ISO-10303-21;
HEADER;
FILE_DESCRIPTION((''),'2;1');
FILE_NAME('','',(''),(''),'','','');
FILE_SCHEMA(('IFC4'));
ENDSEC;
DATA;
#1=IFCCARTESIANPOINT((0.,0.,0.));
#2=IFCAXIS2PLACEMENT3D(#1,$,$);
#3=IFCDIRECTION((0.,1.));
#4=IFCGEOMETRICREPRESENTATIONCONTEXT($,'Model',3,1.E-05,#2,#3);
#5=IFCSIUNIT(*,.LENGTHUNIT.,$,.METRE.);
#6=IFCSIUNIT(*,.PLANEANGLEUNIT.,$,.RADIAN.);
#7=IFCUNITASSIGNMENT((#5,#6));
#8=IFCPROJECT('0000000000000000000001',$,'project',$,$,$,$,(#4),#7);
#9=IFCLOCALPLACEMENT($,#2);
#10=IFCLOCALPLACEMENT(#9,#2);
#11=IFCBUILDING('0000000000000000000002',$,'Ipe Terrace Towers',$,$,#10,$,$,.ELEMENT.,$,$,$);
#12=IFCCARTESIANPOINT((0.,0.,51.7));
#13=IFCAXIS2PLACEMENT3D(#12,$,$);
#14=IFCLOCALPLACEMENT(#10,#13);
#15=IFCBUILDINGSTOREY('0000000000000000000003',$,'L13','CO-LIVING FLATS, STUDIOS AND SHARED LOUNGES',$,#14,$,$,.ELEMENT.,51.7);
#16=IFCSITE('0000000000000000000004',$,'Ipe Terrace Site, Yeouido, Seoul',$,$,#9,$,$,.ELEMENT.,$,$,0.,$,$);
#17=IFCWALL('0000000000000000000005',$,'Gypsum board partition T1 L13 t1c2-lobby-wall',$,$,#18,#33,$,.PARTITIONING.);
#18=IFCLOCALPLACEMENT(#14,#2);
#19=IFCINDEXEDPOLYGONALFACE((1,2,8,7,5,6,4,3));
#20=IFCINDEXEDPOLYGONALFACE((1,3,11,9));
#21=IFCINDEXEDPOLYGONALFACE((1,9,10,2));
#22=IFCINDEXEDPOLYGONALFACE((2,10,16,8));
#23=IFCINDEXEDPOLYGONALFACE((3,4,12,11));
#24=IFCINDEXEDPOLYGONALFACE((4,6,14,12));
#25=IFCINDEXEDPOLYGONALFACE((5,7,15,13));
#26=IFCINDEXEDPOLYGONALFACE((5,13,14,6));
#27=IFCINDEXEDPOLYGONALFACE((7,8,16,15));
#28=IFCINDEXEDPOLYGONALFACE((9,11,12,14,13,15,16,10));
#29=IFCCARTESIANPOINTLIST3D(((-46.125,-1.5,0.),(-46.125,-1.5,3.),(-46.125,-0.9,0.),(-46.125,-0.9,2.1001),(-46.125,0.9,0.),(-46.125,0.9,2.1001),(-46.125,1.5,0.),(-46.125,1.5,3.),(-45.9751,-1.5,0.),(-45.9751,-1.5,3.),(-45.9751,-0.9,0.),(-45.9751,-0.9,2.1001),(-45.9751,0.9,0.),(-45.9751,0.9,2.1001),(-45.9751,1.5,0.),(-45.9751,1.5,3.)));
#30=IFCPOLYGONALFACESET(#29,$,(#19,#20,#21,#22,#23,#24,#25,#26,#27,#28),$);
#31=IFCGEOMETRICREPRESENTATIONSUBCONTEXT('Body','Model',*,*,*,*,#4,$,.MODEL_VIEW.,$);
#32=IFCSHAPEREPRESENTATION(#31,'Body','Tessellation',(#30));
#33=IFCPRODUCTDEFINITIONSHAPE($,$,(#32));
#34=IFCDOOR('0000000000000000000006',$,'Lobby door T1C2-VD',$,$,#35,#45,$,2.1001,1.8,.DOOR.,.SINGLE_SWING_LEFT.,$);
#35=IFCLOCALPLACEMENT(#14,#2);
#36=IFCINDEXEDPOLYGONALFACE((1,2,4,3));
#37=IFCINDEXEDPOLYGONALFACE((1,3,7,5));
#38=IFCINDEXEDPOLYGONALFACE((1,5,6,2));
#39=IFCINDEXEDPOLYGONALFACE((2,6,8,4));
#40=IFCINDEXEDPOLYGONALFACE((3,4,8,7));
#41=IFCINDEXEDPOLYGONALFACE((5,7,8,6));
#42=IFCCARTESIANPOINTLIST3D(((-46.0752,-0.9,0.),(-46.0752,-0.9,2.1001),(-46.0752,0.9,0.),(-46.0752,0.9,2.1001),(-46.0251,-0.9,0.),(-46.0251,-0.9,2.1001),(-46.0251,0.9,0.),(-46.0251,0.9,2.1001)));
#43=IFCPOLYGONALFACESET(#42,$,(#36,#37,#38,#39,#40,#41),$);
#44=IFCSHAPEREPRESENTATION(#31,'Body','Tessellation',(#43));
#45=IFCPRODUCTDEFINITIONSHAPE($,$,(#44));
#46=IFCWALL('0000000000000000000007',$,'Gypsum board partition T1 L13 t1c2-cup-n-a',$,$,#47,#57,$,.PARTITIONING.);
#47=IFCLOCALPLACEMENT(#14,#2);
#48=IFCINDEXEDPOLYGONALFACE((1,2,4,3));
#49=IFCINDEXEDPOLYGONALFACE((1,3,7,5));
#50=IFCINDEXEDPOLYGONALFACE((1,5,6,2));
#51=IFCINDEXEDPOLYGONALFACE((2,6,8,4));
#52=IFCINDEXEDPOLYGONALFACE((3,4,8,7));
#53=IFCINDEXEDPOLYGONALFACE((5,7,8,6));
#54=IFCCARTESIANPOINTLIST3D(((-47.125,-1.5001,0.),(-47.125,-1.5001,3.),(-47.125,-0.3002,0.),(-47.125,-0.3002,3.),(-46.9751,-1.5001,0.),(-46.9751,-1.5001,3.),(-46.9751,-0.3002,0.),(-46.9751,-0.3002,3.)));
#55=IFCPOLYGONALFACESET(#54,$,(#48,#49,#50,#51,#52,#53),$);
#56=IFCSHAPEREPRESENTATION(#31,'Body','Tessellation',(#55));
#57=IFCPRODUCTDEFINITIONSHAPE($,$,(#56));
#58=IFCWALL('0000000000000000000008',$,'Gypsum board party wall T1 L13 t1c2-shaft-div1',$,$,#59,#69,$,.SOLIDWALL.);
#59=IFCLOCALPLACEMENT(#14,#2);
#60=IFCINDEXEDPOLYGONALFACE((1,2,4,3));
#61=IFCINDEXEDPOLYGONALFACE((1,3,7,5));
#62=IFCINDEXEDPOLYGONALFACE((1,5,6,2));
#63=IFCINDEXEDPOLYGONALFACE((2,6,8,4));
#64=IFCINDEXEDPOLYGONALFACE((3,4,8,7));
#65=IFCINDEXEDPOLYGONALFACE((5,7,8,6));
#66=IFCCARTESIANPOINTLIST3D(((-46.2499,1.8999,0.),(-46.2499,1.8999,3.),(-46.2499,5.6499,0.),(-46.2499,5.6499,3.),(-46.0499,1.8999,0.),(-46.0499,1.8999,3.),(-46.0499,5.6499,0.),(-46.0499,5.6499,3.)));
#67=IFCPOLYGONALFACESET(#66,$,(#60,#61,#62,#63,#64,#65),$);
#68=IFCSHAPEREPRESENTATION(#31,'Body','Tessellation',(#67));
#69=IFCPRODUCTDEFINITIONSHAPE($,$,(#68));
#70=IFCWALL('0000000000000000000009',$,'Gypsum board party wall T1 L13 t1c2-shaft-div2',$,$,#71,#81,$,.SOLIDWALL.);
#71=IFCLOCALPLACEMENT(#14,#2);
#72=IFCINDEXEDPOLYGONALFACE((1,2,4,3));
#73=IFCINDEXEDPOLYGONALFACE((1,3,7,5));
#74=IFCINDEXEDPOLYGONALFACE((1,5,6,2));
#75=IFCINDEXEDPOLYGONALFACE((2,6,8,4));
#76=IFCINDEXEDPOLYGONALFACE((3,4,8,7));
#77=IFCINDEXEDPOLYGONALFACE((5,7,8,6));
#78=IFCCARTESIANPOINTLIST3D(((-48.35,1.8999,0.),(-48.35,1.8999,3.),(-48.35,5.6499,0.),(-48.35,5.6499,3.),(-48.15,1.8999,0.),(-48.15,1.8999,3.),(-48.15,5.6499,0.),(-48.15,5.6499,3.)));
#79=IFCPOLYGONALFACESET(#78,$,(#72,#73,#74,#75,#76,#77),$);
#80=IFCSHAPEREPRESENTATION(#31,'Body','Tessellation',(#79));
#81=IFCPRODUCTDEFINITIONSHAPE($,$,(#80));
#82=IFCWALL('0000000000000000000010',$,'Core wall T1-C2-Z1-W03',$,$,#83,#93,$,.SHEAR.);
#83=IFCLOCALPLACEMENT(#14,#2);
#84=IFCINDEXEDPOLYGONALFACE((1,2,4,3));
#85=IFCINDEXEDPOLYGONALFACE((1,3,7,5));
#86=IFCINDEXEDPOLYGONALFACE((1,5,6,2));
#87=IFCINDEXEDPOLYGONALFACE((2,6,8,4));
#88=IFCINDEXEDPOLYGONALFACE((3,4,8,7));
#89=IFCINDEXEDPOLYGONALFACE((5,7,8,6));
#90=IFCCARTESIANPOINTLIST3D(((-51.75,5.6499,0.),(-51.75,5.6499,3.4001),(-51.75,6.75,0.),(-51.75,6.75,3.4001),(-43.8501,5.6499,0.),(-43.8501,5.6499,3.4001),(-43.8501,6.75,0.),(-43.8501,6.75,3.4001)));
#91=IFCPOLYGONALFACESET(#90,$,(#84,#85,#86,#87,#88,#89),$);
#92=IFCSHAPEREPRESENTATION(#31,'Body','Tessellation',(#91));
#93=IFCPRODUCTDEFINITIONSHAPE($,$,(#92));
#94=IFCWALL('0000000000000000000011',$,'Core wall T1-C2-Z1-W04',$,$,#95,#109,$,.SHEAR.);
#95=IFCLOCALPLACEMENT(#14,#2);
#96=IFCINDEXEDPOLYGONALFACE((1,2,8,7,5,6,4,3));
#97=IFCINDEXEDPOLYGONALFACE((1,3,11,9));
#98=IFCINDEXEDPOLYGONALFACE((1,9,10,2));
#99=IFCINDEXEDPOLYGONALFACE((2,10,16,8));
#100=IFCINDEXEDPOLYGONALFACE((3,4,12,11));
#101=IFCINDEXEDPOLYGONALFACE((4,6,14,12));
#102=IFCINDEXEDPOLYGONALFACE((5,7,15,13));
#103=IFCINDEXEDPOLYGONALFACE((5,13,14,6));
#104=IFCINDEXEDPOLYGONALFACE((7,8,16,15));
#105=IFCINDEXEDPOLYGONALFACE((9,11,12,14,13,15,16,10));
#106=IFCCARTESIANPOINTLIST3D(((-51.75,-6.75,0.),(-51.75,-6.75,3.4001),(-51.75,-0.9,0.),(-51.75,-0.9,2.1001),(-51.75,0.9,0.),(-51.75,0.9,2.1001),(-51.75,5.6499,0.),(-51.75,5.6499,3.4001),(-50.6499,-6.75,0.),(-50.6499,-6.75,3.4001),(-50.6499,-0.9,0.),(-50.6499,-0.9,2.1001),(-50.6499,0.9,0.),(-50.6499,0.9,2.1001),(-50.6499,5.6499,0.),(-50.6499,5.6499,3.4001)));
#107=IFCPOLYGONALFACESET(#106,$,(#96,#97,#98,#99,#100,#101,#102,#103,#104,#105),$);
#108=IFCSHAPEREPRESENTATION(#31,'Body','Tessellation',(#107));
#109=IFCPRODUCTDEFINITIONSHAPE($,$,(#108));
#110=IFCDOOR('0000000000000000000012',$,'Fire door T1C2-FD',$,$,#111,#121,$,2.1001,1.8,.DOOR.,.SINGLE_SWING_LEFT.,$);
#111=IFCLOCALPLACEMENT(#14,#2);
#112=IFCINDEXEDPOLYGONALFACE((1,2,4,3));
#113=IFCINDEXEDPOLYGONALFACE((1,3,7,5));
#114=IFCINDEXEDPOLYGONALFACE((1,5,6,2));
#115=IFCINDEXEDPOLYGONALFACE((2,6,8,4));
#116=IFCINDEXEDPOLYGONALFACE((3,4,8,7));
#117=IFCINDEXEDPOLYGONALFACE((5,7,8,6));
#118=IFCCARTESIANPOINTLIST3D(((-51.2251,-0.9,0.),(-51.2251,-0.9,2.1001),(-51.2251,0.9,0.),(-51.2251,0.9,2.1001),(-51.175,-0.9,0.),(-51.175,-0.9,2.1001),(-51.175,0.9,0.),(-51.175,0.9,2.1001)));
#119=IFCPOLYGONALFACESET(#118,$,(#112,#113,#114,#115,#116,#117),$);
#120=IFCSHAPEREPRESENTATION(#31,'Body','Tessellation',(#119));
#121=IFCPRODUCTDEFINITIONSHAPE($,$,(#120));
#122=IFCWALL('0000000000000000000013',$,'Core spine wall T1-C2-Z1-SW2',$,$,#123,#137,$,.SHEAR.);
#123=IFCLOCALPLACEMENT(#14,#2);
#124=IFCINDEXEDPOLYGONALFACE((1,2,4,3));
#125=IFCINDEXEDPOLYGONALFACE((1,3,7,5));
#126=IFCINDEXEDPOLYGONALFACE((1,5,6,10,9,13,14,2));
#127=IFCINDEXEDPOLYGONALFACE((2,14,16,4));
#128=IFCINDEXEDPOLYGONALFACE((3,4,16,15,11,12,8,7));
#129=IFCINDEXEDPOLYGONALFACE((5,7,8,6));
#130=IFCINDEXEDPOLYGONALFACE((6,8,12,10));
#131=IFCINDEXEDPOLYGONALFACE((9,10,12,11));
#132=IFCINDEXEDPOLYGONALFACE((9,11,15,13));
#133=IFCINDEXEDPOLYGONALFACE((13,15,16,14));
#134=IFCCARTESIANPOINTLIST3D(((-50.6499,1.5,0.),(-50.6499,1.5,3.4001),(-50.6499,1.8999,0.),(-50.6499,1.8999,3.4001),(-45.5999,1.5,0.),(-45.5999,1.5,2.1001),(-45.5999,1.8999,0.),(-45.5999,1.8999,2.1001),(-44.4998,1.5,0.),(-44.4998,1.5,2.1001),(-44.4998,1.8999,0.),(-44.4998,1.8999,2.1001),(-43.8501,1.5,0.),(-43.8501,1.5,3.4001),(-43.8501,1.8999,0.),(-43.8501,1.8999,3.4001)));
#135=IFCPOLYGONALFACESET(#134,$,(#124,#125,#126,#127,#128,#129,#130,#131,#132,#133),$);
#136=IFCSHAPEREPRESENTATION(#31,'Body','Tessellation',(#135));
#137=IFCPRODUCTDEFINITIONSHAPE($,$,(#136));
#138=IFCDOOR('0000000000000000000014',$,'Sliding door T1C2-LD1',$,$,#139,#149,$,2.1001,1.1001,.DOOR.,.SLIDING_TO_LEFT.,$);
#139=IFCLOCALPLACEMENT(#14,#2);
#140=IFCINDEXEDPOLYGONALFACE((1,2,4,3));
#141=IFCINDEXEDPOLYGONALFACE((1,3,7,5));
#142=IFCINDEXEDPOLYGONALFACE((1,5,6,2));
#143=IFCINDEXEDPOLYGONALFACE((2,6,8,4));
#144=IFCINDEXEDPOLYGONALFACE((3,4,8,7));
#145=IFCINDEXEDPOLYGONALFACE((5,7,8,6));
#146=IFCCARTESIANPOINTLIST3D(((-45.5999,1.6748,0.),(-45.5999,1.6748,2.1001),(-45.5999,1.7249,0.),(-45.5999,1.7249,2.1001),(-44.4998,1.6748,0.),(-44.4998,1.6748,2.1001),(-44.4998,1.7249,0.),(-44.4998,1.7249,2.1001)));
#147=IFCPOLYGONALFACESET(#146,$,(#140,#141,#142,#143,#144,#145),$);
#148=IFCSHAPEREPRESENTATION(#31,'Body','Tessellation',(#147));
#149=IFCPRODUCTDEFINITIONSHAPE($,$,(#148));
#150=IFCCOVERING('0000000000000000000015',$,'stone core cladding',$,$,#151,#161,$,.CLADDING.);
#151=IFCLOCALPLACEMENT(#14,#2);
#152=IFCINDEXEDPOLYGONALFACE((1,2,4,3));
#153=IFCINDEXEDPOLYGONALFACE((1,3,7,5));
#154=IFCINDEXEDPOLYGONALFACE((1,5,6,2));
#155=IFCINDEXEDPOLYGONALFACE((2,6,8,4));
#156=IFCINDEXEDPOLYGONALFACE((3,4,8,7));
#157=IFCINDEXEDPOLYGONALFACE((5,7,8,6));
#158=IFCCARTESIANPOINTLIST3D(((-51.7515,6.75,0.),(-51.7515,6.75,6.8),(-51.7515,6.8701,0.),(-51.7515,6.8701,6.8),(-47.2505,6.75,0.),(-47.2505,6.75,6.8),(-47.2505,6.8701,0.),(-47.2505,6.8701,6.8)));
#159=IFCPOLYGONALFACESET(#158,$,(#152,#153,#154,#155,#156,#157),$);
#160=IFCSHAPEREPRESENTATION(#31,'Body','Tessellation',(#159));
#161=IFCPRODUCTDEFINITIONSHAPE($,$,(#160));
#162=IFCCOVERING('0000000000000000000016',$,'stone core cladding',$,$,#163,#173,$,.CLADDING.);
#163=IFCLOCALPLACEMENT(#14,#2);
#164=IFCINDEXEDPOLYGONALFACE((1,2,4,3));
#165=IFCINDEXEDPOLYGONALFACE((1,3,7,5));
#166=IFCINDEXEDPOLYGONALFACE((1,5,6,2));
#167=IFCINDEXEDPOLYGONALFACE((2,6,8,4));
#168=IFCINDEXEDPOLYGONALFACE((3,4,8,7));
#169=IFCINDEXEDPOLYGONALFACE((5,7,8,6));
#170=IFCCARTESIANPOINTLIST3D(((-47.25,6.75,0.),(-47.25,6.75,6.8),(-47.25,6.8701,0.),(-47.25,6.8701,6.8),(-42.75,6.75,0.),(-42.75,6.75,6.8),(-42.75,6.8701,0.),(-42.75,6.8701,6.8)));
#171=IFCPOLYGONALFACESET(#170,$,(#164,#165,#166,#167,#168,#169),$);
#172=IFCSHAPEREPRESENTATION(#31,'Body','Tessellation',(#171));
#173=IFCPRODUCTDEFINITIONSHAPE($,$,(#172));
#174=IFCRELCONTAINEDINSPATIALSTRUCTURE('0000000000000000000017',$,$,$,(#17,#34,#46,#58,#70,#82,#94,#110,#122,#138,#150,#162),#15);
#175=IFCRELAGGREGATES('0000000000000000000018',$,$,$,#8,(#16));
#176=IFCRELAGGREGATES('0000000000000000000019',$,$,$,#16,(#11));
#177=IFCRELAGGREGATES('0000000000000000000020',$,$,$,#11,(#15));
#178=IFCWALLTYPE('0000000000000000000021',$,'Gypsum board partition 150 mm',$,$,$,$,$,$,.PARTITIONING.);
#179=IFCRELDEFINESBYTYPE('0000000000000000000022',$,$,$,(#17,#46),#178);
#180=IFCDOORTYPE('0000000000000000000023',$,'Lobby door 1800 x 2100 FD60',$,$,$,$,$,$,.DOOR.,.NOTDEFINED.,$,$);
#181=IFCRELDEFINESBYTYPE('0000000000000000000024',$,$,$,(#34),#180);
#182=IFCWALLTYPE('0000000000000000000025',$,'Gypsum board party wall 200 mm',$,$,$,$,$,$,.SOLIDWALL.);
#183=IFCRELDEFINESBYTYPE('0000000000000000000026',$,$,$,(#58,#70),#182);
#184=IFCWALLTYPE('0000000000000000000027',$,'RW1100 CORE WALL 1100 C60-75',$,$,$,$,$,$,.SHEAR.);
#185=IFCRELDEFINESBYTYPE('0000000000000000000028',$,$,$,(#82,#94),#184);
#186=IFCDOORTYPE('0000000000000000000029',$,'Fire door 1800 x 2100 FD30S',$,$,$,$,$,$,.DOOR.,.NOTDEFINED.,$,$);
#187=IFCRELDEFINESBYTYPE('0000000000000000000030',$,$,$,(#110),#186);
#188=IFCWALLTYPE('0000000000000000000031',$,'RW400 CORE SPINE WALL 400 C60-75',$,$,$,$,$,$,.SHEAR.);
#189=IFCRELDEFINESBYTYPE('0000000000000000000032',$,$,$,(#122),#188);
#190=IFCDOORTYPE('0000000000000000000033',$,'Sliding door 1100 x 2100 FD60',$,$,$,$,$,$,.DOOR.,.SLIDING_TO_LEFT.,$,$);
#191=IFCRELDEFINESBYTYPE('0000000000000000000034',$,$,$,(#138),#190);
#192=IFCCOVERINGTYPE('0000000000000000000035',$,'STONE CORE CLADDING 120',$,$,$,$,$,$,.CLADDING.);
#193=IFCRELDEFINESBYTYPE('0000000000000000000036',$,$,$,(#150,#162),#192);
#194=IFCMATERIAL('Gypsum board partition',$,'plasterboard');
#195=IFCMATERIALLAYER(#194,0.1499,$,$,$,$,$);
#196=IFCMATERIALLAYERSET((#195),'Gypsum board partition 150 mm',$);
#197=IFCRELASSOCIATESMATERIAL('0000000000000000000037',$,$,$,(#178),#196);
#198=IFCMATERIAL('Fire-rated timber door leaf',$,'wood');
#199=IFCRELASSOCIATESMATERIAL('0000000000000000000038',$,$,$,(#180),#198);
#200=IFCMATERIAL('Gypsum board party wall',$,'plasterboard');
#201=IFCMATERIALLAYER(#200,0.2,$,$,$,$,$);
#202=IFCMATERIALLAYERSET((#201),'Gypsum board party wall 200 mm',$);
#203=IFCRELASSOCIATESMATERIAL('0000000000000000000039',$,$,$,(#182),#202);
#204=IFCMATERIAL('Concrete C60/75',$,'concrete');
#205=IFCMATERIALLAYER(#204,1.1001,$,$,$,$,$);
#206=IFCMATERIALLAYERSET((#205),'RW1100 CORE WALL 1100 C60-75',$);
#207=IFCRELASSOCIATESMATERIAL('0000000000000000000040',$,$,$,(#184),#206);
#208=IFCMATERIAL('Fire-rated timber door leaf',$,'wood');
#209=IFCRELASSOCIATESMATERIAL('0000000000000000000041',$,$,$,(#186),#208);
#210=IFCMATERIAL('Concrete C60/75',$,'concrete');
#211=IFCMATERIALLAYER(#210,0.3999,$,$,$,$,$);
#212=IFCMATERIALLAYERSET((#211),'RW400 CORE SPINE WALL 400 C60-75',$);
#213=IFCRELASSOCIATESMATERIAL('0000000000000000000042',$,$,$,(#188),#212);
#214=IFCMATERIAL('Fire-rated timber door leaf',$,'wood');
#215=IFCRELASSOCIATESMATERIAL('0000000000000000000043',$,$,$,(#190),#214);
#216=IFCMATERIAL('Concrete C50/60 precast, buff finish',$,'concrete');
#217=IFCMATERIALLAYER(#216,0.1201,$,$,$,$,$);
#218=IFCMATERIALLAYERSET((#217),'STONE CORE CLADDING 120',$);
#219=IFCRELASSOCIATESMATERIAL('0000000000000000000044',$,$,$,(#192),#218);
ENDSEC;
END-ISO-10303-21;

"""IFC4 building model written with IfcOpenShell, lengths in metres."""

from ifc_helpers import new_model, si_unit, direction, frame, frame_2d, origin, origin_2d, place, context, subcontext, project, spatial, rectangle, extrude, material, layer, layer_set, type_object, element, fill, save


model = new_model("IFC4")

# Units and contexts
model_context = context("Model", 3, precision=1e-05, world=origin(), true_north=direction((0.0, 1.0)))
body_context = subcontext(model_context, "Body", "Model", "MODEL_VIEW")
ifc_project = project(units=[si_unit("LENGTHUNIT", "METRE"), si_unit("PLANEANGLEUNIT", "RADIAN")], contexts=[model_context])

# Site, building, storey
site_placement = place(None, origin())
site = spatial("IfcSite", under=ifc_project, at=site_placement, Name="Ipe Terrace Site, Yeouido, Seoul", CompositionType="ELEMENT", RefElevation=0.0)
building_placement = place(site_placement, origin())
building = spatial("IfcBuilding", under=site, at=building_placement, Name="Ipe Terrace Towers", CompositionType="ELEMENT")
storey_placement = place(building_placement, frame((0.0, 0.0, 51.7)))
storey = spatial("IfcBuildingStorey", under=building, at=storey_placement, Name="L13", Description="CO-LIVING FLATS, STUDIOS AND SHARED LOUNGES", CompositionType="ELEMENT", Elevation=51.7)

# Wall, opening, door
ifc_material_1 = material(Name="Gypsum board partition", Category="plasterboard")
ifc_layer_1 = layer(ifc_material_1, 0.1499)
ifc_layer_set_1 = layer_set([ifc_layer_1], Name="Gypsum board partition 150 mm")
wall_type_1 = type_object("IfcWallType", Name="Gypsum board partition 150 mm", PredefinedType="PARTITIONING", material=ifc_layer_set_1)
wall_1_placement = place(storey_placement, frame((-46.05, 1.5, 0.0), z_axis=(0.0, 0.0, 1.0), x_axis=(0.0, -1.0, 0.0)))
wall_1 = element("IfcWall", 1, at=wall_1_placement, inside=storey, type_object=wall_type_1, Name="Gypsum board partition T1 L13 t1c2-lobby-wall", PredefinedType="PARTITIONING", context=body_context, shape_type="SweptSolid", body=[
    extrude(rectangle(XDim=3.0, YDim=0.1499, at=frame_2d((1.5, 0.0))), origin(), (0.0, 0.0, 1.0), 3.0),
])
opening_1_placement = place(wall_1_placement, frame((0.6001, 0.0, 0.0)))
opening_1 = element("IfcOpeningElement", 2, at=opening_1_placement, cuts=wall_1, PredefinedType="OPENING", context=body_context, shape_type="SweptSolid", body=[
    extrude(rectangle(XDim=1.8, YDim=2.1001, at=frame_2d((0.8999, 1.05))), frame((0.0, 0.085, 0.0), z_axis=(0.0, -1.0, 0.0), x_axis=(1.0, 0.0, 0.0)), (0.0, 0.0, 1.0), 0.1699),
])
ifc_material_2 = material(Name="Fire-rated timber door leaf", Category="wood")
door_type_1 = type_object("IfcDoorType", Name="Lobby door 1800 x 2100 FD60", OperationType="NOTDEFINED", PredefinedType="DOOR", material=ifc_material_2)
door_1_placement = place(opening_1_placement, origin())
door_1 = element("IfcDoor", 3, at=door_1_placement, inside=storey, type_object=door_type_1, Name="Lobby door T1C2-VD", OperationType="SINGLE_SWING_LEFT", OverallHeight=2.1001, OverallWidth=1.8, PredefinedType="DOOR", context=body_context, shape_type="SweptSolid", body=[
    extrude(rectangle(XDim=1.8, YDim=2.1001, at=frame_2d((0.8999, 1.05))), frame((0.0, 0.0249, 0.0), z_axis=(0.0, -1.0, 0.0), x_axis=(1.0, 0.0, 0.0)), (0.0, 0.0, 1.0), 0.05),
])
fill(opening_1, door_1)

# Walls
wall_2_placement = place(storey_placement, frame((-47.05, -0.3, 0.0), z_axis=(0.0, 0.0, 1.0), x_axis=(0.0, -1.0, 0.0)))
element("IfcWall", 4, at=wall_2_placement, inside=storey, type_object=wall_type_1, Name="Gypsum board partition T1 L13 t1c2-cup-n-a", PredefinedType="PARTITIONING", context=body_context, shape_type="SweptSolid", body=[
    extrude(rectangle(XDim=1.2, YDim=0.1499, at=frame_2d((0.6001, 0.0))), origin(), (0.0, 0.0, 1.0), 3.0),
])
ifc_material_3 = material(Name="Gypsum board party wall", Category="plasterboard")
ifc_layer_2 = layer(ifc_material_3, 0.2)
ifc_layer_set_2 = layer_set([ifc_layer_2], Name="Gypsum board party wall 200 mm")
wall_type_2 = type_object("IfcWallType", Name="Gypsum board party wall 200 mm", PredefinedType="SOLIDWALL", material=ifc_layer_set_2)
for number, where, z_axis, x_axis, name in (
    (5, (-46.1499, 5.6499, 0.0), (0.0, 0.0, 1.0), (0.0, -1.0, 0.0), "Gypsum board party wall T1 L13 t1c2-shaft-div1"),
    (6, (-48.25, 5.6499, 0.0), (0.0, 0.0, 1.0), (0.0, -1.0, 0.0), "Gypsum board party wall T1 L13 t1c2-shaft-div2"),
):
    element("IfcWall", number, at=place(storey_placement, frame(where, z_axis=z_axis, x_axis=x_axis)), inside=storey, type_object=wall_type_2, Name=name, PredefinedType="SOLIDWALL", context=body_context, shape_type="SweptSolid", body=[
        extrude(rectangle(XDim=3.75, YDim=0.2, at=frame_2d((1.875, 0.0))), origin(), (0.0, 0.0, 1.0), 3.0),
    ])
ifc_material_4 = material(Name="Concrete C60/75", Category="concrete")
ifc_layer_3 = layer(ifc_material_4, 1.1001)
ifc_layer_set_3 = layer_set([ifc_layer_3], Name="RW1100 CORE WALL 1100 C60-75")
wall_type_3 = type_object("IfcWallType", Name="RW1100 CORE WALL 1100 C60-75", PredefinedType="SHEAR", material=ifc_layer_set_3)
wall_3_placement = place(storey_placement, frame((-43.8501, 6.2, 0.0), z_axis=(0.0, 0.0, 1.0), x_axis=(-1.0, 0.0, 0.0)))
element("IfcWall", 7, at=wall_3_placement, inside=storey, type_object=wall_type_3, Name="Core wall T1-C2-Z1-W03", PredefinedType="SHEAR", context=body_context, shape_type="SweptSolid", body=[
    extrude(rectangle(XDim=7.8999, YDim=1.1001, at=frame_2d((3.95, 0.0))), origin(), (0.0, 0.0, 1.0), 3.4001),
])

# Walls, openings, doors
wall_4_placement = place(storey_placement, frame((-51.2, 5.6499, 0.0), z_axis=(0.0, 0.0, 1.0), x_axis=(0.0, -1.0, 0.0)))
wall_4 = element("IfcWall", 8, at=wall_4_placement, inside=storey, type_object=wall_type_3, Name="Core wall T1-C2-Z1-W04", PredefinedType="SHEAR", context=body_context, shape_type="SweptSolid", body=[
    extrude(rectangle(XDim=12.3999, YDim=1.1001, at=frame_2d((6.2, 0.0))), origin(), (0.0, 0.0, 1.0), 3.4001),
])
opening_2_placement = place(wall_4_placement, frame((4.75, 0.0, 0.0)))
opening_2 = element("IfcOpeningElement", 9, at=opening_2_placement, cuts=wall_4, PredefinedType="OPENING", context=body_context, shape_type="SweptSolid", body=[
    extrude(rectangle(XDim=1.8, YDim=2.1001, at=frame_2d((0.8999, 1.05))), frame((0.0, 0.5601, 0.0), z_axis=(0.0, -1.0, 0.0), x_axis=(1.0, 0.0, 0.0)), (0.0, 0.0, 1.0), 1.1201),
])
ifc_material_5 = material(Name="Fire-rated timber door leaf", Category="wood")
door_type_2 = type_object("IfcDoorType", Name="Fire door 1800 x 2100 FD30S", OperationType="NOTDEFINED", PredefinedType="DOOR", material=ifc_material_5)
door_2_placement = place(opening_2_placement, origin())
door_2 = element("IfcDoor", 10, at=door_2_placement, inside=storey, type_object=door_type_2, Name="Fire door T1C2-FD", OperationType="SINGLE_SWING_LEFT", OverallHeight=2.1001, OverallWidth=1.8, PredefinedType="DOOR", context=body_context, shape_type="SweptSolid", body=[
    extrude(rectangle(XDim=1.8, YDim=2.1001, at=frame_2d((0.8999, 1.05))), frame((0.0, 0.0249, 0.0), z_axis=(0.0, -1.0, 0.0), x_axis=(1.0, 0.0, 0.0)), (0.0, 0.0, 1.0), 0.05),
])
fill(opening_2, door_2)
ifc_material_6 = material(Name="Concrete C60/75", Category="concrete")
ifc_layer_4 = layer(ifc_material_6, 0.3999)
ifc_layer_set_4 = layer_set([ifc_layer_4], Name="RW400 CORE SPINE WALL 400 C60-75")
wall_type_4 = type_object("IfcWallType", Name="RW400 CORE SPINE WALL 400 C60-75", PredefinedType="SHEAR", material=ifc_layer_set_4)
wall_5_placement = place(storey_placement, frame((-50.6499, 1.7, 0.0), z_axis=(0.0, 0.0, 1.0), x_axis=(1.0, 0.0, 0.0)))
wall_5 = element("IfcWall", 11, at=wall_5_placement, inside=storey, type_object=wall_type_4, Name="Core spine wall T1-C2-Z1-SW2", PredefinedType="SHEAR", context=body_context, shape_type="SweptSolid", body=[
    extrude(rectangle(XDim=6.7998, YDim=0.3999, at=frame_2d((3.3999, 0.0))), origin(), (0.0, 0.0, 1.0), 3.4001),
])
opening_3_placement = place(wall_5_placement, frame((5.05, 0.0, 0.0)))
opening_3 = element("IfcOpeningElement", 12, at=opening_3_placement, cuts=wall_5, PredefinedType="OPENING", context=body_context, shape_type="SweptSolid", body=[
    extrude(rectangle(XDim=1.1001, YDim=2.1001, at=frame_2d((0.55, 1.05))), frame((0.0, 0.21, 0.0), z_axis=(0.0, -1.0, 0.0), x_axis=(1.0, 0.0, 0.0)), (0.0, 0.0, 1.0), 0.4199),
])
ifc_material_7 = material(Name="Fire-rated timber door leaf", Category="wood")
door_type_3 = type_object("IfcDoorType", Name="Sliding door 1100 x 2100 FD60", OperationType="SLIDING_TO_LEFT", PredefinedType="DOOR", material=ifc_material_7)
door_3_placement = place(opening_3_placement, origin())
door_3 = element("IfcDoor", 13, at=door_3_placement, inside=storey, type_object=door_type_3, Name="Sliding door T1C2-LD1", OperationType="SLIDING_TO_LEFT", OverallHeight=2.1001, OverallWidth=1.1001, PredefinedType="DOOR", context=body_context, shape_type="SweptSolid", body=[
    extrude(rectangle(XDim=1.1001, YDim=2.1001, at=frame_2d((0.55, 1.05))), frame((0.0, 0.0249, 0.0), z_axis=(0.0, -1.0, 0.0), x_axis=(1.0, 0.0, 0.0)), (0.0, 0.0, 1.0), 0.05),
])
fill(opening_3, door_3)

# Coverings
ifc_material_8 = material(Name="Concrete C50/60 precast, buff finish", Category="concrete")
ifc_layer_5 = layer(ifc_material_8, 0.1201)
ifc_layer_set_5 = layer_set([ifc_layer_5], Name="STONE CORE CLADDING 120")
covering_type_1 = type_object("IfcCoveringType", Name="STONE CORE CLADDING 120", PredefinedType="CLADDING", material=ifc_layer_set_5)
covering_1_placement = place(storey_placement, frame((-49.501, 6.8101, 0.0), z_axis=(0.0, 0.0, 1.0), x_axis=(-1.0, 0.0, 0.0)))
element("IfcCovering", 14, at=covering_1_placement, inside=storey, type_object=covering_type_1, Name="stone core cladding", PredefinedType="CLADDING", context=body_context, shape_type="SweptSolid", body=[
    extrude(rectangle(XDim=4.501, YDim=0.1201, at=origin_2d()), origin(), (0.0, 0.0, 1.0), 6.8),
])
covering_2_placement = place(storey_placement, frame((-45.0, 6.8101, 0.0), z_axis=(0.0, 0.0, 1.0), x_axis=(-1.0, 0.0, 0.0)))
element("IfcCovering", 15, at=covering_2_placement, inside=storey, type_object=covering_type_1, Name="stone core cladding", PredefinedType="CLADDING", context=body_context, shape_type="SweptSolid", body=[
    extrude(rectangle(XDim=4.5, YDim=0.1201, at=origin_2d()), origin(), (0.0, 0.0, 1.0), 6.8),
])

save(model, "model.ifc")
